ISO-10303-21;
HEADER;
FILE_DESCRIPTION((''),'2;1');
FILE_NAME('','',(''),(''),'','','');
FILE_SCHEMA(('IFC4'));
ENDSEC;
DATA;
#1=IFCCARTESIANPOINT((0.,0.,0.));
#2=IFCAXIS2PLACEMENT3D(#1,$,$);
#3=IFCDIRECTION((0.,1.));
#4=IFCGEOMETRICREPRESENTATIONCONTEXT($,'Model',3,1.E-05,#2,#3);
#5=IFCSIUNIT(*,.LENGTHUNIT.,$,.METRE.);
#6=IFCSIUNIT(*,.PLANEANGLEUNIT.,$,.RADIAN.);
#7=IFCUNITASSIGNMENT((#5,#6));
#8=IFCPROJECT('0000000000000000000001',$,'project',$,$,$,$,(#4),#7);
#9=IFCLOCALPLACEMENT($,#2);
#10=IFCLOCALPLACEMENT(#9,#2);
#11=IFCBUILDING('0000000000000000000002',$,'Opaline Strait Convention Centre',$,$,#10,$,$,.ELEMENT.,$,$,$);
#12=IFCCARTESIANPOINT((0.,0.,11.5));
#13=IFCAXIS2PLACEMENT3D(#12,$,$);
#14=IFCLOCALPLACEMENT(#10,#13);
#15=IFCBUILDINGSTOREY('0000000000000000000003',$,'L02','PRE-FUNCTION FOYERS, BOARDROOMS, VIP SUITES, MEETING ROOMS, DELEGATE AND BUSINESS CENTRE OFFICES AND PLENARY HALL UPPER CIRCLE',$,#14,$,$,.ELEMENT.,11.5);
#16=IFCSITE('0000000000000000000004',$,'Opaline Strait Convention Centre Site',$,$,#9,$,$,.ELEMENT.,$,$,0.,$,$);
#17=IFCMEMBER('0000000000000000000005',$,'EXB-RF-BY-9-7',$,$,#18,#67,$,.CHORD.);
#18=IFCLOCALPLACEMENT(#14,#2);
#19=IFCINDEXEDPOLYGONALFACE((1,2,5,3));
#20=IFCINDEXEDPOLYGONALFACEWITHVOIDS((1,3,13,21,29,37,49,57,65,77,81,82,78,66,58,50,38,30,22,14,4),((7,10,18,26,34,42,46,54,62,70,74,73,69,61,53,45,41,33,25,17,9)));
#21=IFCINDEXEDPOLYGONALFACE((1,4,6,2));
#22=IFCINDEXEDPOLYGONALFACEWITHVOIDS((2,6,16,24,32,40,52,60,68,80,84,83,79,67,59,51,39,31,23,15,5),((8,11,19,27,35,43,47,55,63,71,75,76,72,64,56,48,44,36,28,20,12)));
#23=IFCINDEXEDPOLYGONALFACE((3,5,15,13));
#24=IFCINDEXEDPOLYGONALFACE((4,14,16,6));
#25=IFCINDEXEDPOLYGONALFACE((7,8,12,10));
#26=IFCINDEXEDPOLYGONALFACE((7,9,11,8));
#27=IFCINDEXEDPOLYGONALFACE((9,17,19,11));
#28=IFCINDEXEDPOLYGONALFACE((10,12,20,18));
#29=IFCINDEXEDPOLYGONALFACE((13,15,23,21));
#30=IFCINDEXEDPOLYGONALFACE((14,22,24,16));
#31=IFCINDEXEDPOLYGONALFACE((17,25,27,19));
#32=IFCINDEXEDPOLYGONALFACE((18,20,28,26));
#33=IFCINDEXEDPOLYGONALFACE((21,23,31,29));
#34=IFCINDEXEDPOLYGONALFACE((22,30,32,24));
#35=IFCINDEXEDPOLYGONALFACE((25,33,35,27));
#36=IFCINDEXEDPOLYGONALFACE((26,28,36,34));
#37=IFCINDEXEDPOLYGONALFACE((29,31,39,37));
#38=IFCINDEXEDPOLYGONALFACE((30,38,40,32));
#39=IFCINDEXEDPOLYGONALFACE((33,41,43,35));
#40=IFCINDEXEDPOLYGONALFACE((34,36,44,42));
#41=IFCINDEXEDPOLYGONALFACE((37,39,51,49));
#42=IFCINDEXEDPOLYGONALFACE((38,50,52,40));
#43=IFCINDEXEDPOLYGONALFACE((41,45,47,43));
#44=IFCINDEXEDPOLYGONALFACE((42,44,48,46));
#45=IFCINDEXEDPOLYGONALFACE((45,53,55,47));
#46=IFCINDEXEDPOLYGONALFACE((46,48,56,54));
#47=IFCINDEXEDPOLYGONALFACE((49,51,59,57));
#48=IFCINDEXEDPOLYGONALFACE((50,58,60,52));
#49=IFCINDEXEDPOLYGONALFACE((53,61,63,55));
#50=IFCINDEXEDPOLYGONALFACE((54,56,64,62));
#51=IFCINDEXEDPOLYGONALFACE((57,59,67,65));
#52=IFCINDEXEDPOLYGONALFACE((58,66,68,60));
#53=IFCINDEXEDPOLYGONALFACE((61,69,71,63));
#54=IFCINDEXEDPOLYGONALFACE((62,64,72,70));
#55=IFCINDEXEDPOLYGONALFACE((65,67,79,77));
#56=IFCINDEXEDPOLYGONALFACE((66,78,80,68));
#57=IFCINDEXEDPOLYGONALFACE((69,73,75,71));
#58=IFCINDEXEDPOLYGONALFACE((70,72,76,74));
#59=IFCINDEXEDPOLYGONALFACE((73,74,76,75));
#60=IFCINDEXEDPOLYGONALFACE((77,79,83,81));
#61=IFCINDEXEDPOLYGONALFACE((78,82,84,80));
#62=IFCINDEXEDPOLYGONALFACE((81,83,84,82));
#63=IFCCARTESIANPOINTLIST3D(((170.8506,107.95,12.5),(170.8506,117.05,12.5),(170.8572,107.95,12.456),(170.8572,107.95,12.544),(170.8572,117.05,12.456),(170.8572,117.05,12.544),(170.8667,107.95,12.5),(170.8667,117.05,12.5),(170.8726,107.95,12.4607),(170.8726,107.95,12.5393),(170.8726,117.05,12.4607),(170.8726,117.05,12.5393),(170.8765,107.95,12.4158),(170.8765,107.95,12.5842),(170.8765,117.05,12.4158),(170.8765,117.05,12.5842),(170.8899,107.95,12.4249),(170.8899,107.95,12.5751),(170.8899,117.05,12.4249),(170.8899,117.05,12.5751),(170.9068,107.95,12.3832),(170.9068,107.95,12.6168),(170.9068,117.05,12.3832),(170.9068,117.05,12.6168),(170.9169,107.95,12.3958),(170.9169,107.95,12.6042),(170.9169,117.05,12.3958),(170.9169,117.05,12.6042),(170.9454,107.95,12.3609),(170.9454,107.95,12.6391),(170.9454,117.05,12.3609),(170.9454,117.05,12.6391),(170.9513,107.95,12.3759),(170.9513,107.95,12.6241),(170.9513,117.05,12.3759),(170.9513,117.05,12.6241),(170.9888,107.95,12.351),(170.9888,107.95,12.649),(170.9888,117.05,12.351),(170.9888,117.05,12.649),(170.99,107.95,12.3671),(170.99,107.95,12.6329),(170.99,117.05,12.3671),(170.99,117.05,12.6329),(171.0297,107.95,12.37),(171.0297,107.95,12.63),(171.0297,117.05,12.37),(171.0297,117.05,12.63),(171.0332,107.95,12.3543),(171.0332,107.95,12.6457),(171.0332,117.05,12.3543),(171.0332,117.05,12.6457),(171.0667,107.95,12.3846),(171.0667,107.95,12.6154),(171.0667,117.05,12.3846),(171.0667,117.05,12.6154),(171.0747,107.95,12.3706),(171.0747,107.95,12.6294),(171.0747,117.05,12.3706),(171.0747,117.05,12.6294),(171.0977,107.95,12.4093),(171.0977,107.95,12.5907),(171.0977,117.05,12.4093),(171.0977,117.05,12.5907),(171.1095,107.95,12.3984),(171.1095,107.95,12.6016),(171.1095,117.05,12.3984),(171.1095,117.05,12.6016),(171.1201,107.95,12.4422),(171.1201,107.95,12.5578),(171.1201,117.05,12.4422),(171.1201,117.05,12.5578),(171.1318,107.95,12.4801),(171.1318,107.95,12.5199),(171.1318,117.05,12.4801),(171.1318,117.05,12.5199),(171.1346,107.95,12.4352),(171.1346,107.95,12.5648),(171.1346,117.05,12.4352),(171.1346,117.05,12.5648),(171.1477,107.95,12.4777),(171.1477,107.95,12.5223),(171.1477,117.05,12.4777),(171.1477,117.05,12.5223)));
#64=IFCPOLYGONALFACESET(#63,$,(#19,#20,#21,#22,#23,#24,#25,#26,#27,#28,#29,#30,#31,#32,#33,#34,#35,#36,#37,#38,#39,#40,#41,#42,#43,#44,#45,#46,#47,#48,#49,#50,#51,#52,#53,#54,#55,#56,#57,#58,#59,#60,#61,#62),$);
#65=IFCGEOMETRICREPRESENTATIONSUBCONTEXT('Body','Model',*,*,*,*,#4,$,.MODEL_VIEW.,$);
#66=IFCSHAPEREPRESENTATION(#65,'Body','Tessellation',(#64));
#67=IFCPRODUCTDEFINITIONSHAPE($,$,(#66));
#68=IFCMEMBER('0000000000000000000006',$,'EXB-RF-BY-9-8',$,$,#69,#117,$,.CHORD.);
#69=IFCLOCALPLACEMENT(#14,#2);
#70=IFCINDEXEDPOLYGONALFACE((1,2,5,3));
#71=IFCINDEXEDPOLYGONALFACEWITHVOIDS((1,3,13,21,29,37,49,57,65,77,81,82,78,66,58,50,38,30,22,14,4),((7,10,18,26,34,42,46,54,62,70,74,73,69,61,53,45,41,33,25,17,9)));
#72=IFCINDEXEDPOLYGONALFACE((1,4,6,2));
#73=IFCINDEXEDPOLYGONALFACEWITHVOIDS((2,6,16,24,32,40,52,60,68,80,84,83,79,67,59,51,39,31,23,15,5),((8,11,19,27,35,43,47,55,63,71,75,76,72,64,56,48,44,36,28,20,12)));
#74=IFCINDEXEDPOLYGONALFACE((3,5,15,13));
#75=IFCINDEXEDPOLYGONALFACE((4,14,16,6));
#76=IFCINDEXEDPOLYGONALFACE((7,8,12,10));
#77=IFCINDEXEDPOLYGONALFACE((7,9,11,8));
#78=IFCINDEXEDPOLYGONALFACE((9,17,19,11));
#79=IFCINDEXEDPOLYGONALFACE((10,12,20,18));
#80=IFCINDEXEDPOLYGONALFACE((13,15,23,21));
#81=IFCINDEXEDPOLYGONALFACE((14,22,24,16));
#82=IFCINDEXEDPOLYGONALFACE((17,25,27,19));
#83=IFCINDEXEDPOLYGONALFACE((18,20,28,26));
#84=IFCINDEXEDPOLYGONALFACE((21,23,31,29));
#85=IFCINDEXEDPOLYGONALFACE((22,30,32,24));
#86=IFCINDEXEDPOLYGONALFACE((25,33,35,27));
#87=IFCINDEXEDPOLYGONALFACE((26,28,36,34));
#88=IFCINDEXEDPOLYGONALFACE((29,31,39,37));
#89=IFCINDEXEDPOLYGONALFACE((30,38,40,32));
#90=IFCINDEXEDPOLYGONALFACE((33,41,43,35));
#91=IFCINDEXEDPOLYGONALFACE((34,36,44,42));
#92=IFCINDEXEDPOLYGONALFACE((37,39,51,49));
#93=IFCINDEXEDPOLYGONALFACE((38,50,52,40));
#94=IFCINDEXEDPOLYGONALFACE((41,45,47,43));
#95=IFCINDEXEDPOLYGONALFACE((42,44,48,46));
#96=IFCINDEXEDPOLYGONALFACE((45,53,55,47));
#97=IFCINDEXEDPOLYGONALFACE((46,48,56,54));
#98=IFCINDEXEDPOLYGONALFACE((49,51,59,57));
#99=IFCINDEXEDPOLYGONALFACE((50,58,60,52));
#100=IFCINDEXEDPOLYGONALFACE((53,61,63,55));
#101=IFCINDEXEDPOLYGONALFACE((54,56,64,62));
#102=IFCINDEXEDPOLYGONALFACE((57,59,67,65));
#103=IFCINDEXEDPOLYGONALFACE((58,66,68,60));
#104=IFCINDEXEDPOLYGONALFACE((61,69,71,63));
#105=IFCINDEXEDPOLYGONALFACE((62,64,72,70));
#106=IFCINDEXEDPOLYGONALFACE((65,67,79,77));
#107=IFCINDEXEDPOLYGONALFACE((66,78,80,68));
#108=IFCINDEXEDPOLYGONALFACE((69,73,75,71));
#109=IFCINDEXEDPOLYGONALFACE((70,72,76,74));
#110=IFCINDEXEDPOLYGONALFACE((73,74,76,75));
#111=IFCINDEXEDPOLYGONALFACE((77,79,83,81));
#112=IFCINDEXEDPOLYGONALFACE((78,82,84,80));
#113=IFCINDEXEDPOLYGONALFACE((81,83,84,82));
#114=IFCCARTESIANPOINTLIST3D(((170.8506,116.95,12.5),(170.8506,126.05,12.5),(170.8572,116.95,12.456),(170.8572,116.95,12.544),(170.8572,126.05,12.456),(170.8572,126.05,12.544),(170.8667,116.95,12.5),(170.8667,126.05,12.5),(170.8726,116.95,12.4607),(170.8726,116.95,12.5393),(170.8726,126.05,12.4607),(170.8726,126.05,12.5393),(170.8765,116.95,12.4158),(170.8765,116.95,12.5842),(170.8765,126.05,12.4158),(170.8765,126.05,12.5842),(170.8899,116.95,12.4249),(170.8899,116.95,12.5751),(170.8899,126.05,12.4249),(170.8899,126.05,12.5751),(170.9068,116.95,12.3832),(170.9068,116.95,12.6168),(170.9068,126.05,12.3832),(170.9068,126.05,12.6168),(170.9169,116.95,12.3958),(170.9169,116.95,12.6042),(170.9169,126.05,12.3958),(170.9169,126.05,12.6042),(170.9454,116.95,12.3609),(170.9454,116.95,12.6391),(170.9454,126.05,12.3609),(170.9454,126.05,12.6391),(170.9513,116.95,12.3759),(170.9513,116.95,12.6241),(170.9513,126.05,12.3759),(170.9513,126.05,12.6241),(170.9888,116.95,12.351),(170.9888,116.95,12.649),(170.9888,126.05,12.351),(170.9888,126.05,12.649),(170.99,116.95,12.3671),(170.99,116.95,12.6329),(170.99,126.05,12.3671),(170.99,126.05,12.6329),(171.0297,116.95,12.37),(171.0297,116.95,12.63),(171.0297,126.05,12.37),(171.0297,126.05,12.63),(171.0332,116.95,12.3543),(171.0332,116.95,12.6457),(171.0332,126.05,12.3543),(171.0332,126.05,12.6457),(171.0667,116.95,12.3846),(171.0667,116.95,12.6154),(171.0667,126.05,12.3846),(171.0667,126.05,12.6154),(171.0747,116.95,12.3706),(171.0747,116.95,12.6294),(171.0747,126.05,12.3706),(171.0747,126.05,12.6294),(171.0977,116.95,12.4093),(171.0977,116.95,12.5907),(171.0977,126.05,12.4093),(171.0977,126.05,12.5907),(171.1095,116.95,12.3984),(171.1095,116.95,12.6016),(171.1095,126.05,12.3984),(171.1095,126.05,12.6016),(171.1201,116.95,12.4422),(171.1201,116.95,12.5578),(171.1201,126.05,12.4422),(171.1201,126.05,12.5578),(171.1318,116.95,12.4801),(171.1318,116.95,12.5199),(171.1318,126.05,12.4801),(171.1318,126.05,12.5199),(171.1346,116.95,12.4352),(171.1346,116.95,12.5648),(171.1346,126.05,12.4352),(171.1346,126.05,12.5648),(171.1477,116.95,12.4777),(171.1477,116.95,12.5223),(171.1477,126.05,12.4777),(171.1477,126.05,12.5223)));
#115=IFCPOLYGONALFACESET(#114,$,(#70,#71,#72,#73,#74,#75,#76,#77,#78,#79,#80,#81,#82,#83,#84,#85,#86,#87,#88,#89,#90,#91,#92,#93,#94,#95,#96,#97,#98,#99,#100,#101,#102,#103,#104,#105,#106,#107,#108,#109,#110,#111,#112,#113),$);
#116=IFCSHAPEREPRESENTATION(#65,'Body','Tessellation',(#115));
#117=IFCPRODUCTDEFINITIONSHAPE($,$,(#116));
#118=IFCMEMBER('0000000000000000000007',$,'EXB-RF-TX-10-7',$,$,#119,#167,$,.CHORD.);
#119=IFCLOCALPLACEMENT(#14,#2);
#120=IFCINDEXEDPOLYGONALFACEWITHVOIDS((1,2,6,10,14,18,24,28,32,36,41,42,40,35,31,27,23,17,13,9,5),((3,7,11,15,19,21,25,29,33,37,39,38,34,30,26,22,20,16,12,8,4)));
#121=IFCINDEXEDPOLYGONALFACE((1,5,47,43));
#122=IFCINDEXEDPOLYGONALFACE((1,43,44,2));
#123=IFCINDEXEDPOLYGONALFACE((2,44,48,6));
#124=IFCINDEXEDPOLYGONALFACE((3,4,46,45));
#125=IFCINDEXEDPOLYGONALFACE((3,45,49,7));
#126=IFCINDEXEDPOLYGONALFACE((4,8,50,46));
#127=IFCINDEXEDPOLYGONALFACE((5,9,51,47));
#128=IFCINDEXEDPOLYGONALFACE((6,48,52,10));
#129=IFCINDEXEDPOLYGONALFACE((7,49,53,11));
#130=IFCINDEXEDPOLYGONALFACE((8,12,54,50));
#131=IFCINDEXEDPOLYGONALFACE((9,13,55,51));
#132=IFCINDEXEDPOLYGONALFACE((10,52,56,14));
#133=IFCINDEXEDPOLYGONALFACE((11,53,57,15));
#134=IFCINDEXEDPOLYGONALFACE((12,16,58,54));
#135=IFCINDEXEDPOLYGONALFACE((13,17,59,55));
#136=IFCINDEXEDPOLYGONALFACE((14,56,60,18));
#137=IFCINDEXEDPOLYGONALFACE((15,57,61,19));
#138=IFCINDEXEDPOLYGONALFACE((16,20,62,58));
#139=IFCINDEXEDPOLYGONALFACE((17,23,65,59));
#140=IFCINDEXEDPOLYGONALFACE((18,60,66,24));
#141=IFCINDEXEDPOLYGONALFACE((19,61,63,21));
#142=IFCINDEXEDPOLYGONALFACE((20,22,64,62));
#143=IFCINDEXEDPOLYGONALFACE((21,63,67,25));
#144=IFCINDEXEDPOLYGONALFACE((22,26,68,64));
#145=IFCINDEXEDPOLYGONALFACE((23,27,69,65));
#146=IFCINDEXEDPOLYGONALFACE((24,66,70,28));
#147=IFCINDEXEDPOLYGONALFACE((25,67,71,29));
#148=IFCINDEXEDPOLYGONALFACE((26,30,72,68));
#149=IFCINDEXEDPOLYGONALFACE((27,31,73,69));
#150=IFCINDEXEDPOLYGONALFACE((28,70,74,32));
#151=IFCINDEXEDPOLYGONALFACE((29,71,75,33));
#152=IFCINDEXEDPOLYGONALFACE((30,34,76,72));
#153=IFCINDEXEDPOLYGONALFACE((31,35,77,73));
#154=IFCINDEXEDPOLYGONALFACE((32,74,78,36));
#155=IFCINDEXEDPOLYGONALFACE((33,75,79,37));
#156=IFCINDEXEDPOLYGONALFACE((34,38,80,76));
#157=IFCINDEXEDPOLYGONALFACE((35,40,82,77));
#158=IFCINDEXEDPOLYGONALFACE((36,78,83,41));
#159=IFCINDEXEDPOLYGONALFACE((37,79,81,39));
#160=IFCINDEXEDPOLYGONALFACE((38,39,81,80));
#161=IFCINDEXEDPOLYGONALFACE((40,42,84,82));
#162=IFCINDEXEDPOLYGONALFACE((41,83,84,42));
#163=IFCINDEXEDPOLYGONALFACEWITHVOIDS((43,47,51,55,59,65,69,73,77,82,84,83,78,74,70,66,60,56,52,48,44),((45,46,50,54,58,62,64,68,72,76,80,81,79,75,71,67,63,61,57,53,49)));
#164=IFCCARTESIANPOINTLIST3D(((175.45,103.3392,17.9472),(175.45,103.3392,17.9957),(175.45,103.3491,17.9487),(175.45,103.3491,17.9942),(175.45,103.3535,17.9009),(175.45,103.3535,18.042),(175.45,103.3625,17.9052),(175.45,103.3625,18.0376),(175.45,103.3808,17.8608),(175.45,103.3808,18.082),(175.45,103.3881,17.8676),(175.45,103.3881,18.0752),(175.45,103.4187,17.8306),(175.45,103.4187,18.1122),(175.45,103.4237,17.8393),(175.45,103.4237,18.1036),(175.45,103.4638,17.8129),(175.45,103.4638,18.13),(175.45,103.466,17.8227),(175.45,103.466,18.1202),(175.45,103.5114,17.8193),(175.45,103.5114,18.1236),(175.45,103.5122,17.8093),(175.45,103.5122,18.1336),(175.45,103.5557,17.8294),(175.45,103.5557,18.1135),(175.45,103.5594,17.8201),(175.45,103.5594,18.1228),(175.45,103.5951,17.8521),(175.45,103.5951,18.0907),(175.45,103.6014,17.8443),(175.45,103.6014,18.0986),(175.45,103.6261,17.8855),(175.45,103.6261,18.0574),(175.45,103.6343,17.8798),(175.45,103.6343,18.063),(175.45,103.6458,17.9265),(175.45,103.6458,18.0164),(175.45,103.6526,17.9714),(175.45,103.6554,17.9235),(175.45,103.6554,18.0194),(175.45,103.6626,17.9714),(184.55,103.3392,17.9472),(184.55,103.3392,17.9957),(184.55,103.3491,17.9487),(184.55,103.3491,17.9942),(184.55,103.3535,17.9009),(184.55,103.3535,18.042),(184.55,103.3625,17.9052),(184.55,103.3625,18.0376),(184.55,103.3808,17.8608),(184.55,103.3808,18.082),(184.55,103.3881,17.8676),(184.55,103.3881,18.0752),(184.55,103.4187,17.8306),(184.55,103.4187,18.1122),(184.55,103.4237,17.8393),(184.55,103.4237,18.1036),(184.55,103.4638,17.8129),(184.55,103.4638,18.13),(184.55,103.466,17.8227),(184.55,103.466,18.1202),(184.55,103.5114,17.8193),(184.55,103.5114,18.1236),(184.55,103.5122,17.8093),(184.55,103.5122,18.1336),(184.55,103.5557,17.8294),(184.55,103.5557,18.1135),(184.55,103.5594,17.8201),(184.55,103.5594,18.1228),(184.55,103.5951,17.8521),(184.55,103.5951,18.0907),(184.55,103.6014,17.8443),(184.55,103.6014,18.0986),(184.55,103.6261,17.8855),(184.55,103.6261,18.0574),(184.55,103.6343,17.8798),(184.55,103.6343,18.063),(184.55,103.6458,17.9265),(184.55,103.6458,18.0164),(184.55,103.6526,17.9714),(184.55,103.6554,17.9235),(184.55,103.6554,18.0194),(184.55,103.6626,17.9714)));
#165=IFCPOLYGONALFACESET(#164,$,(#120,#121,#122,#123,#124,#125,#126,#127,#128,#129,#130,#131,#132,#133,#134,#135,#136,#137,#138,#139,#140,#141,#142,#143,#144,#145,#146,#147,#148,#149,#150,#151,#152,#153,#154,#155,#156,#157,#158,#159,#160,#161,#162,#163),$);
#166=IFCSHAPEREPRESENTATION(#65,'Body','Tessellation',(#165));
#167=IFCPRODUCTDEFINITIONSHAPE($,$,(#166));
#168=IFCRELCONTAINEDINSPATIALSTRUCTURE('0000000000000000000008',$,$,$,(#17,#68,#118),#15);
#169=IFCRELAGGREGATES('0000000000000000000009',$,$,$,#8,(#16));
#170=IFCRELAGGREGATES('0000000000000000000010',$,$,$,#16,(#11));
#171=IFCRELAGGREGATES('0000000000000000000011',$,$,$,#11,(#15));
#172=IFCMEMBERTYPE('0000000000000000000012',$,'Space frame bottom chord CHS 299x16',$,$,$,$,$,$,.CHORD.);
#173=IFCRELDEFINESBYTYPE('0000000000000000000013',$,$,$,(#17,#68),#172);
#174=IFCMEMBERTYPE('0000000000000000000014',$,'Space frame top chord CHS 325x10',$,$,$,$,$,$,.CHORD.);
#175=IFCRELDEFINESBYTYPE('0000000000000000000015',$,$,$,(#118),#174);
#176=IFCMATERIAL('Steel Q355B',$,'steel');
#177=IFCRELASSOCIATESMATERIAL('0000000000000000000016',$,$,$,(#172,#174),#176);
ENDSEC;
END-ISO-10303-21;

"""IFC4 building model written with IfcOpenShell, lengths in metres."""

from ifc_helpers import new_model, si_unit, direction, frame, origin, origin_2d, place, context, subcontext, project, spatial, hollow_circle, extrude, material, material_profile, profile_set, type_object, element, save


model = new_model("IFC4")

# Units and contexts
model_context = context("Model", 3, precision=1e-05, world=origin(), true_north=direction((0.0, 1.0)))
body_context = subcontext(model_context, "Body", "Model", "MODEL_VIEW")
ifc_project = project(units=[si_unit("LENGTHUNIT", "METRE"), si_unit("PLANEANGLEUNIT", "RADIAN")], contexts=[model_context])

# Site, building, storey
site_placement = place(None, origin())
site = spatial("IfcSite", under=ifc_project, at=site_placement, Name="Opaline Strait Convention Centre Site", CompositionType="ELEMENT", RefElevation=0.0)
building_placement = place(site_placement, origin())
building = spatial("IfcBuilding", under=site, at=building_placement, Name="Opaline Strait Convention Centre", CompositionType="ELEMENT")
storey_placement = place(building_placement, frame((0.0, 0.0, 11.5)))
storey = spatial("IfcBuildingStorey", under=building, at=storey_placement, Name="L02", Description="PRE-FUNCTION FOYERS, BOARDROOMS, VIP SUITES, MEETING ROOMS, DELEGATE AND BUSINESS CENTRE OFFICES AND PLENARY HALL UPPER CIRCLE", CompositionType="ELEMENT", Elevation=11.5)

# Members
ifc_material = material(Name="Steel Q355B", Category="steel")
ifc_material_profile_1 = material_profile(ifc_material, hollow_circle(Radius=0.1494, WallThickness=0.0161, at=origin_2d()), Name="CHS 299x16")
ifc_profile_set_1 = profile_set([ifc_material_profile_1], Name="Steel Q355B")
member_type_1 = type_object("IfcMemberType", Name="Space frame bottom chord CHS 299x16", PredefinedType="CHORD", material=ifc_profile_set_1)
for number, where, z_axis, x_axis, name in (
    (1, (171.0, 107.95, 12.5), (0.0, 1.0, 0.0), (-1.0, 0.0, 0.0), "EXB-RF-BY-9-7"),
    (2, (171.0, 116.95, 12.5), (0.0, 1.0, 0.0), (-1.0, 0.0, 0.0), "EXB-RF-BY-9-8"),
):
    element("IfcMember", number, at=place(storey_placement, frame(where, z_axis=z_axis, x_axis=x_axis)), inside=storey, type_object=member_type_1, Name=name, PredefinedType="CHORD", context=body_context, shape_type="SweptSolid", body=[
        extrude(hollow_circle(Radius=0.1494, WallThickness=0.0161, at=origin_2d()), origin(), (0.0, 0.0, 1.0), 9.1001),
    ])
ifc_material_profile_2 = material_profile(ifc_material, hollow_circle(Radius=0.1626, WallThickness=0.01, at=origin_2d()), Name="CHS 325x10")
ifc_profile_set_2 = profile_set([ifc_material_profile_2], Name="Steel Q355B")
member_type_2 = type_object("IfcMemberType", Name="Space frame top chord CHS 325x10", PredefinedType="CHORD", material=ifc_profile_set_2)
for number, where, z_axis, x_axis, name in (
    (3, (175.45, 103.5, 17.9714), (1.0, 0.0, 0.0), (0.0, 1.0, 0.0), "EXB-RF-TX-10-7"),
):
    element("IfcMember", number, at=place(storey_placement, frame(where, z_axis=z_axis, x_axis=x_axis)), inside=storey, type_object=member_type_2, Name=name, PredefinedType="CHORD", context=body_context, shape_type="SweptSolid", body=[
        extrude(hollow_circle(Radius=0.1626, WallThickness=0.01, at=origin_2d()), origin(), (0.0, 0.0, 1.0), 9.1001),
    ])

save(model, "model.ifc")
